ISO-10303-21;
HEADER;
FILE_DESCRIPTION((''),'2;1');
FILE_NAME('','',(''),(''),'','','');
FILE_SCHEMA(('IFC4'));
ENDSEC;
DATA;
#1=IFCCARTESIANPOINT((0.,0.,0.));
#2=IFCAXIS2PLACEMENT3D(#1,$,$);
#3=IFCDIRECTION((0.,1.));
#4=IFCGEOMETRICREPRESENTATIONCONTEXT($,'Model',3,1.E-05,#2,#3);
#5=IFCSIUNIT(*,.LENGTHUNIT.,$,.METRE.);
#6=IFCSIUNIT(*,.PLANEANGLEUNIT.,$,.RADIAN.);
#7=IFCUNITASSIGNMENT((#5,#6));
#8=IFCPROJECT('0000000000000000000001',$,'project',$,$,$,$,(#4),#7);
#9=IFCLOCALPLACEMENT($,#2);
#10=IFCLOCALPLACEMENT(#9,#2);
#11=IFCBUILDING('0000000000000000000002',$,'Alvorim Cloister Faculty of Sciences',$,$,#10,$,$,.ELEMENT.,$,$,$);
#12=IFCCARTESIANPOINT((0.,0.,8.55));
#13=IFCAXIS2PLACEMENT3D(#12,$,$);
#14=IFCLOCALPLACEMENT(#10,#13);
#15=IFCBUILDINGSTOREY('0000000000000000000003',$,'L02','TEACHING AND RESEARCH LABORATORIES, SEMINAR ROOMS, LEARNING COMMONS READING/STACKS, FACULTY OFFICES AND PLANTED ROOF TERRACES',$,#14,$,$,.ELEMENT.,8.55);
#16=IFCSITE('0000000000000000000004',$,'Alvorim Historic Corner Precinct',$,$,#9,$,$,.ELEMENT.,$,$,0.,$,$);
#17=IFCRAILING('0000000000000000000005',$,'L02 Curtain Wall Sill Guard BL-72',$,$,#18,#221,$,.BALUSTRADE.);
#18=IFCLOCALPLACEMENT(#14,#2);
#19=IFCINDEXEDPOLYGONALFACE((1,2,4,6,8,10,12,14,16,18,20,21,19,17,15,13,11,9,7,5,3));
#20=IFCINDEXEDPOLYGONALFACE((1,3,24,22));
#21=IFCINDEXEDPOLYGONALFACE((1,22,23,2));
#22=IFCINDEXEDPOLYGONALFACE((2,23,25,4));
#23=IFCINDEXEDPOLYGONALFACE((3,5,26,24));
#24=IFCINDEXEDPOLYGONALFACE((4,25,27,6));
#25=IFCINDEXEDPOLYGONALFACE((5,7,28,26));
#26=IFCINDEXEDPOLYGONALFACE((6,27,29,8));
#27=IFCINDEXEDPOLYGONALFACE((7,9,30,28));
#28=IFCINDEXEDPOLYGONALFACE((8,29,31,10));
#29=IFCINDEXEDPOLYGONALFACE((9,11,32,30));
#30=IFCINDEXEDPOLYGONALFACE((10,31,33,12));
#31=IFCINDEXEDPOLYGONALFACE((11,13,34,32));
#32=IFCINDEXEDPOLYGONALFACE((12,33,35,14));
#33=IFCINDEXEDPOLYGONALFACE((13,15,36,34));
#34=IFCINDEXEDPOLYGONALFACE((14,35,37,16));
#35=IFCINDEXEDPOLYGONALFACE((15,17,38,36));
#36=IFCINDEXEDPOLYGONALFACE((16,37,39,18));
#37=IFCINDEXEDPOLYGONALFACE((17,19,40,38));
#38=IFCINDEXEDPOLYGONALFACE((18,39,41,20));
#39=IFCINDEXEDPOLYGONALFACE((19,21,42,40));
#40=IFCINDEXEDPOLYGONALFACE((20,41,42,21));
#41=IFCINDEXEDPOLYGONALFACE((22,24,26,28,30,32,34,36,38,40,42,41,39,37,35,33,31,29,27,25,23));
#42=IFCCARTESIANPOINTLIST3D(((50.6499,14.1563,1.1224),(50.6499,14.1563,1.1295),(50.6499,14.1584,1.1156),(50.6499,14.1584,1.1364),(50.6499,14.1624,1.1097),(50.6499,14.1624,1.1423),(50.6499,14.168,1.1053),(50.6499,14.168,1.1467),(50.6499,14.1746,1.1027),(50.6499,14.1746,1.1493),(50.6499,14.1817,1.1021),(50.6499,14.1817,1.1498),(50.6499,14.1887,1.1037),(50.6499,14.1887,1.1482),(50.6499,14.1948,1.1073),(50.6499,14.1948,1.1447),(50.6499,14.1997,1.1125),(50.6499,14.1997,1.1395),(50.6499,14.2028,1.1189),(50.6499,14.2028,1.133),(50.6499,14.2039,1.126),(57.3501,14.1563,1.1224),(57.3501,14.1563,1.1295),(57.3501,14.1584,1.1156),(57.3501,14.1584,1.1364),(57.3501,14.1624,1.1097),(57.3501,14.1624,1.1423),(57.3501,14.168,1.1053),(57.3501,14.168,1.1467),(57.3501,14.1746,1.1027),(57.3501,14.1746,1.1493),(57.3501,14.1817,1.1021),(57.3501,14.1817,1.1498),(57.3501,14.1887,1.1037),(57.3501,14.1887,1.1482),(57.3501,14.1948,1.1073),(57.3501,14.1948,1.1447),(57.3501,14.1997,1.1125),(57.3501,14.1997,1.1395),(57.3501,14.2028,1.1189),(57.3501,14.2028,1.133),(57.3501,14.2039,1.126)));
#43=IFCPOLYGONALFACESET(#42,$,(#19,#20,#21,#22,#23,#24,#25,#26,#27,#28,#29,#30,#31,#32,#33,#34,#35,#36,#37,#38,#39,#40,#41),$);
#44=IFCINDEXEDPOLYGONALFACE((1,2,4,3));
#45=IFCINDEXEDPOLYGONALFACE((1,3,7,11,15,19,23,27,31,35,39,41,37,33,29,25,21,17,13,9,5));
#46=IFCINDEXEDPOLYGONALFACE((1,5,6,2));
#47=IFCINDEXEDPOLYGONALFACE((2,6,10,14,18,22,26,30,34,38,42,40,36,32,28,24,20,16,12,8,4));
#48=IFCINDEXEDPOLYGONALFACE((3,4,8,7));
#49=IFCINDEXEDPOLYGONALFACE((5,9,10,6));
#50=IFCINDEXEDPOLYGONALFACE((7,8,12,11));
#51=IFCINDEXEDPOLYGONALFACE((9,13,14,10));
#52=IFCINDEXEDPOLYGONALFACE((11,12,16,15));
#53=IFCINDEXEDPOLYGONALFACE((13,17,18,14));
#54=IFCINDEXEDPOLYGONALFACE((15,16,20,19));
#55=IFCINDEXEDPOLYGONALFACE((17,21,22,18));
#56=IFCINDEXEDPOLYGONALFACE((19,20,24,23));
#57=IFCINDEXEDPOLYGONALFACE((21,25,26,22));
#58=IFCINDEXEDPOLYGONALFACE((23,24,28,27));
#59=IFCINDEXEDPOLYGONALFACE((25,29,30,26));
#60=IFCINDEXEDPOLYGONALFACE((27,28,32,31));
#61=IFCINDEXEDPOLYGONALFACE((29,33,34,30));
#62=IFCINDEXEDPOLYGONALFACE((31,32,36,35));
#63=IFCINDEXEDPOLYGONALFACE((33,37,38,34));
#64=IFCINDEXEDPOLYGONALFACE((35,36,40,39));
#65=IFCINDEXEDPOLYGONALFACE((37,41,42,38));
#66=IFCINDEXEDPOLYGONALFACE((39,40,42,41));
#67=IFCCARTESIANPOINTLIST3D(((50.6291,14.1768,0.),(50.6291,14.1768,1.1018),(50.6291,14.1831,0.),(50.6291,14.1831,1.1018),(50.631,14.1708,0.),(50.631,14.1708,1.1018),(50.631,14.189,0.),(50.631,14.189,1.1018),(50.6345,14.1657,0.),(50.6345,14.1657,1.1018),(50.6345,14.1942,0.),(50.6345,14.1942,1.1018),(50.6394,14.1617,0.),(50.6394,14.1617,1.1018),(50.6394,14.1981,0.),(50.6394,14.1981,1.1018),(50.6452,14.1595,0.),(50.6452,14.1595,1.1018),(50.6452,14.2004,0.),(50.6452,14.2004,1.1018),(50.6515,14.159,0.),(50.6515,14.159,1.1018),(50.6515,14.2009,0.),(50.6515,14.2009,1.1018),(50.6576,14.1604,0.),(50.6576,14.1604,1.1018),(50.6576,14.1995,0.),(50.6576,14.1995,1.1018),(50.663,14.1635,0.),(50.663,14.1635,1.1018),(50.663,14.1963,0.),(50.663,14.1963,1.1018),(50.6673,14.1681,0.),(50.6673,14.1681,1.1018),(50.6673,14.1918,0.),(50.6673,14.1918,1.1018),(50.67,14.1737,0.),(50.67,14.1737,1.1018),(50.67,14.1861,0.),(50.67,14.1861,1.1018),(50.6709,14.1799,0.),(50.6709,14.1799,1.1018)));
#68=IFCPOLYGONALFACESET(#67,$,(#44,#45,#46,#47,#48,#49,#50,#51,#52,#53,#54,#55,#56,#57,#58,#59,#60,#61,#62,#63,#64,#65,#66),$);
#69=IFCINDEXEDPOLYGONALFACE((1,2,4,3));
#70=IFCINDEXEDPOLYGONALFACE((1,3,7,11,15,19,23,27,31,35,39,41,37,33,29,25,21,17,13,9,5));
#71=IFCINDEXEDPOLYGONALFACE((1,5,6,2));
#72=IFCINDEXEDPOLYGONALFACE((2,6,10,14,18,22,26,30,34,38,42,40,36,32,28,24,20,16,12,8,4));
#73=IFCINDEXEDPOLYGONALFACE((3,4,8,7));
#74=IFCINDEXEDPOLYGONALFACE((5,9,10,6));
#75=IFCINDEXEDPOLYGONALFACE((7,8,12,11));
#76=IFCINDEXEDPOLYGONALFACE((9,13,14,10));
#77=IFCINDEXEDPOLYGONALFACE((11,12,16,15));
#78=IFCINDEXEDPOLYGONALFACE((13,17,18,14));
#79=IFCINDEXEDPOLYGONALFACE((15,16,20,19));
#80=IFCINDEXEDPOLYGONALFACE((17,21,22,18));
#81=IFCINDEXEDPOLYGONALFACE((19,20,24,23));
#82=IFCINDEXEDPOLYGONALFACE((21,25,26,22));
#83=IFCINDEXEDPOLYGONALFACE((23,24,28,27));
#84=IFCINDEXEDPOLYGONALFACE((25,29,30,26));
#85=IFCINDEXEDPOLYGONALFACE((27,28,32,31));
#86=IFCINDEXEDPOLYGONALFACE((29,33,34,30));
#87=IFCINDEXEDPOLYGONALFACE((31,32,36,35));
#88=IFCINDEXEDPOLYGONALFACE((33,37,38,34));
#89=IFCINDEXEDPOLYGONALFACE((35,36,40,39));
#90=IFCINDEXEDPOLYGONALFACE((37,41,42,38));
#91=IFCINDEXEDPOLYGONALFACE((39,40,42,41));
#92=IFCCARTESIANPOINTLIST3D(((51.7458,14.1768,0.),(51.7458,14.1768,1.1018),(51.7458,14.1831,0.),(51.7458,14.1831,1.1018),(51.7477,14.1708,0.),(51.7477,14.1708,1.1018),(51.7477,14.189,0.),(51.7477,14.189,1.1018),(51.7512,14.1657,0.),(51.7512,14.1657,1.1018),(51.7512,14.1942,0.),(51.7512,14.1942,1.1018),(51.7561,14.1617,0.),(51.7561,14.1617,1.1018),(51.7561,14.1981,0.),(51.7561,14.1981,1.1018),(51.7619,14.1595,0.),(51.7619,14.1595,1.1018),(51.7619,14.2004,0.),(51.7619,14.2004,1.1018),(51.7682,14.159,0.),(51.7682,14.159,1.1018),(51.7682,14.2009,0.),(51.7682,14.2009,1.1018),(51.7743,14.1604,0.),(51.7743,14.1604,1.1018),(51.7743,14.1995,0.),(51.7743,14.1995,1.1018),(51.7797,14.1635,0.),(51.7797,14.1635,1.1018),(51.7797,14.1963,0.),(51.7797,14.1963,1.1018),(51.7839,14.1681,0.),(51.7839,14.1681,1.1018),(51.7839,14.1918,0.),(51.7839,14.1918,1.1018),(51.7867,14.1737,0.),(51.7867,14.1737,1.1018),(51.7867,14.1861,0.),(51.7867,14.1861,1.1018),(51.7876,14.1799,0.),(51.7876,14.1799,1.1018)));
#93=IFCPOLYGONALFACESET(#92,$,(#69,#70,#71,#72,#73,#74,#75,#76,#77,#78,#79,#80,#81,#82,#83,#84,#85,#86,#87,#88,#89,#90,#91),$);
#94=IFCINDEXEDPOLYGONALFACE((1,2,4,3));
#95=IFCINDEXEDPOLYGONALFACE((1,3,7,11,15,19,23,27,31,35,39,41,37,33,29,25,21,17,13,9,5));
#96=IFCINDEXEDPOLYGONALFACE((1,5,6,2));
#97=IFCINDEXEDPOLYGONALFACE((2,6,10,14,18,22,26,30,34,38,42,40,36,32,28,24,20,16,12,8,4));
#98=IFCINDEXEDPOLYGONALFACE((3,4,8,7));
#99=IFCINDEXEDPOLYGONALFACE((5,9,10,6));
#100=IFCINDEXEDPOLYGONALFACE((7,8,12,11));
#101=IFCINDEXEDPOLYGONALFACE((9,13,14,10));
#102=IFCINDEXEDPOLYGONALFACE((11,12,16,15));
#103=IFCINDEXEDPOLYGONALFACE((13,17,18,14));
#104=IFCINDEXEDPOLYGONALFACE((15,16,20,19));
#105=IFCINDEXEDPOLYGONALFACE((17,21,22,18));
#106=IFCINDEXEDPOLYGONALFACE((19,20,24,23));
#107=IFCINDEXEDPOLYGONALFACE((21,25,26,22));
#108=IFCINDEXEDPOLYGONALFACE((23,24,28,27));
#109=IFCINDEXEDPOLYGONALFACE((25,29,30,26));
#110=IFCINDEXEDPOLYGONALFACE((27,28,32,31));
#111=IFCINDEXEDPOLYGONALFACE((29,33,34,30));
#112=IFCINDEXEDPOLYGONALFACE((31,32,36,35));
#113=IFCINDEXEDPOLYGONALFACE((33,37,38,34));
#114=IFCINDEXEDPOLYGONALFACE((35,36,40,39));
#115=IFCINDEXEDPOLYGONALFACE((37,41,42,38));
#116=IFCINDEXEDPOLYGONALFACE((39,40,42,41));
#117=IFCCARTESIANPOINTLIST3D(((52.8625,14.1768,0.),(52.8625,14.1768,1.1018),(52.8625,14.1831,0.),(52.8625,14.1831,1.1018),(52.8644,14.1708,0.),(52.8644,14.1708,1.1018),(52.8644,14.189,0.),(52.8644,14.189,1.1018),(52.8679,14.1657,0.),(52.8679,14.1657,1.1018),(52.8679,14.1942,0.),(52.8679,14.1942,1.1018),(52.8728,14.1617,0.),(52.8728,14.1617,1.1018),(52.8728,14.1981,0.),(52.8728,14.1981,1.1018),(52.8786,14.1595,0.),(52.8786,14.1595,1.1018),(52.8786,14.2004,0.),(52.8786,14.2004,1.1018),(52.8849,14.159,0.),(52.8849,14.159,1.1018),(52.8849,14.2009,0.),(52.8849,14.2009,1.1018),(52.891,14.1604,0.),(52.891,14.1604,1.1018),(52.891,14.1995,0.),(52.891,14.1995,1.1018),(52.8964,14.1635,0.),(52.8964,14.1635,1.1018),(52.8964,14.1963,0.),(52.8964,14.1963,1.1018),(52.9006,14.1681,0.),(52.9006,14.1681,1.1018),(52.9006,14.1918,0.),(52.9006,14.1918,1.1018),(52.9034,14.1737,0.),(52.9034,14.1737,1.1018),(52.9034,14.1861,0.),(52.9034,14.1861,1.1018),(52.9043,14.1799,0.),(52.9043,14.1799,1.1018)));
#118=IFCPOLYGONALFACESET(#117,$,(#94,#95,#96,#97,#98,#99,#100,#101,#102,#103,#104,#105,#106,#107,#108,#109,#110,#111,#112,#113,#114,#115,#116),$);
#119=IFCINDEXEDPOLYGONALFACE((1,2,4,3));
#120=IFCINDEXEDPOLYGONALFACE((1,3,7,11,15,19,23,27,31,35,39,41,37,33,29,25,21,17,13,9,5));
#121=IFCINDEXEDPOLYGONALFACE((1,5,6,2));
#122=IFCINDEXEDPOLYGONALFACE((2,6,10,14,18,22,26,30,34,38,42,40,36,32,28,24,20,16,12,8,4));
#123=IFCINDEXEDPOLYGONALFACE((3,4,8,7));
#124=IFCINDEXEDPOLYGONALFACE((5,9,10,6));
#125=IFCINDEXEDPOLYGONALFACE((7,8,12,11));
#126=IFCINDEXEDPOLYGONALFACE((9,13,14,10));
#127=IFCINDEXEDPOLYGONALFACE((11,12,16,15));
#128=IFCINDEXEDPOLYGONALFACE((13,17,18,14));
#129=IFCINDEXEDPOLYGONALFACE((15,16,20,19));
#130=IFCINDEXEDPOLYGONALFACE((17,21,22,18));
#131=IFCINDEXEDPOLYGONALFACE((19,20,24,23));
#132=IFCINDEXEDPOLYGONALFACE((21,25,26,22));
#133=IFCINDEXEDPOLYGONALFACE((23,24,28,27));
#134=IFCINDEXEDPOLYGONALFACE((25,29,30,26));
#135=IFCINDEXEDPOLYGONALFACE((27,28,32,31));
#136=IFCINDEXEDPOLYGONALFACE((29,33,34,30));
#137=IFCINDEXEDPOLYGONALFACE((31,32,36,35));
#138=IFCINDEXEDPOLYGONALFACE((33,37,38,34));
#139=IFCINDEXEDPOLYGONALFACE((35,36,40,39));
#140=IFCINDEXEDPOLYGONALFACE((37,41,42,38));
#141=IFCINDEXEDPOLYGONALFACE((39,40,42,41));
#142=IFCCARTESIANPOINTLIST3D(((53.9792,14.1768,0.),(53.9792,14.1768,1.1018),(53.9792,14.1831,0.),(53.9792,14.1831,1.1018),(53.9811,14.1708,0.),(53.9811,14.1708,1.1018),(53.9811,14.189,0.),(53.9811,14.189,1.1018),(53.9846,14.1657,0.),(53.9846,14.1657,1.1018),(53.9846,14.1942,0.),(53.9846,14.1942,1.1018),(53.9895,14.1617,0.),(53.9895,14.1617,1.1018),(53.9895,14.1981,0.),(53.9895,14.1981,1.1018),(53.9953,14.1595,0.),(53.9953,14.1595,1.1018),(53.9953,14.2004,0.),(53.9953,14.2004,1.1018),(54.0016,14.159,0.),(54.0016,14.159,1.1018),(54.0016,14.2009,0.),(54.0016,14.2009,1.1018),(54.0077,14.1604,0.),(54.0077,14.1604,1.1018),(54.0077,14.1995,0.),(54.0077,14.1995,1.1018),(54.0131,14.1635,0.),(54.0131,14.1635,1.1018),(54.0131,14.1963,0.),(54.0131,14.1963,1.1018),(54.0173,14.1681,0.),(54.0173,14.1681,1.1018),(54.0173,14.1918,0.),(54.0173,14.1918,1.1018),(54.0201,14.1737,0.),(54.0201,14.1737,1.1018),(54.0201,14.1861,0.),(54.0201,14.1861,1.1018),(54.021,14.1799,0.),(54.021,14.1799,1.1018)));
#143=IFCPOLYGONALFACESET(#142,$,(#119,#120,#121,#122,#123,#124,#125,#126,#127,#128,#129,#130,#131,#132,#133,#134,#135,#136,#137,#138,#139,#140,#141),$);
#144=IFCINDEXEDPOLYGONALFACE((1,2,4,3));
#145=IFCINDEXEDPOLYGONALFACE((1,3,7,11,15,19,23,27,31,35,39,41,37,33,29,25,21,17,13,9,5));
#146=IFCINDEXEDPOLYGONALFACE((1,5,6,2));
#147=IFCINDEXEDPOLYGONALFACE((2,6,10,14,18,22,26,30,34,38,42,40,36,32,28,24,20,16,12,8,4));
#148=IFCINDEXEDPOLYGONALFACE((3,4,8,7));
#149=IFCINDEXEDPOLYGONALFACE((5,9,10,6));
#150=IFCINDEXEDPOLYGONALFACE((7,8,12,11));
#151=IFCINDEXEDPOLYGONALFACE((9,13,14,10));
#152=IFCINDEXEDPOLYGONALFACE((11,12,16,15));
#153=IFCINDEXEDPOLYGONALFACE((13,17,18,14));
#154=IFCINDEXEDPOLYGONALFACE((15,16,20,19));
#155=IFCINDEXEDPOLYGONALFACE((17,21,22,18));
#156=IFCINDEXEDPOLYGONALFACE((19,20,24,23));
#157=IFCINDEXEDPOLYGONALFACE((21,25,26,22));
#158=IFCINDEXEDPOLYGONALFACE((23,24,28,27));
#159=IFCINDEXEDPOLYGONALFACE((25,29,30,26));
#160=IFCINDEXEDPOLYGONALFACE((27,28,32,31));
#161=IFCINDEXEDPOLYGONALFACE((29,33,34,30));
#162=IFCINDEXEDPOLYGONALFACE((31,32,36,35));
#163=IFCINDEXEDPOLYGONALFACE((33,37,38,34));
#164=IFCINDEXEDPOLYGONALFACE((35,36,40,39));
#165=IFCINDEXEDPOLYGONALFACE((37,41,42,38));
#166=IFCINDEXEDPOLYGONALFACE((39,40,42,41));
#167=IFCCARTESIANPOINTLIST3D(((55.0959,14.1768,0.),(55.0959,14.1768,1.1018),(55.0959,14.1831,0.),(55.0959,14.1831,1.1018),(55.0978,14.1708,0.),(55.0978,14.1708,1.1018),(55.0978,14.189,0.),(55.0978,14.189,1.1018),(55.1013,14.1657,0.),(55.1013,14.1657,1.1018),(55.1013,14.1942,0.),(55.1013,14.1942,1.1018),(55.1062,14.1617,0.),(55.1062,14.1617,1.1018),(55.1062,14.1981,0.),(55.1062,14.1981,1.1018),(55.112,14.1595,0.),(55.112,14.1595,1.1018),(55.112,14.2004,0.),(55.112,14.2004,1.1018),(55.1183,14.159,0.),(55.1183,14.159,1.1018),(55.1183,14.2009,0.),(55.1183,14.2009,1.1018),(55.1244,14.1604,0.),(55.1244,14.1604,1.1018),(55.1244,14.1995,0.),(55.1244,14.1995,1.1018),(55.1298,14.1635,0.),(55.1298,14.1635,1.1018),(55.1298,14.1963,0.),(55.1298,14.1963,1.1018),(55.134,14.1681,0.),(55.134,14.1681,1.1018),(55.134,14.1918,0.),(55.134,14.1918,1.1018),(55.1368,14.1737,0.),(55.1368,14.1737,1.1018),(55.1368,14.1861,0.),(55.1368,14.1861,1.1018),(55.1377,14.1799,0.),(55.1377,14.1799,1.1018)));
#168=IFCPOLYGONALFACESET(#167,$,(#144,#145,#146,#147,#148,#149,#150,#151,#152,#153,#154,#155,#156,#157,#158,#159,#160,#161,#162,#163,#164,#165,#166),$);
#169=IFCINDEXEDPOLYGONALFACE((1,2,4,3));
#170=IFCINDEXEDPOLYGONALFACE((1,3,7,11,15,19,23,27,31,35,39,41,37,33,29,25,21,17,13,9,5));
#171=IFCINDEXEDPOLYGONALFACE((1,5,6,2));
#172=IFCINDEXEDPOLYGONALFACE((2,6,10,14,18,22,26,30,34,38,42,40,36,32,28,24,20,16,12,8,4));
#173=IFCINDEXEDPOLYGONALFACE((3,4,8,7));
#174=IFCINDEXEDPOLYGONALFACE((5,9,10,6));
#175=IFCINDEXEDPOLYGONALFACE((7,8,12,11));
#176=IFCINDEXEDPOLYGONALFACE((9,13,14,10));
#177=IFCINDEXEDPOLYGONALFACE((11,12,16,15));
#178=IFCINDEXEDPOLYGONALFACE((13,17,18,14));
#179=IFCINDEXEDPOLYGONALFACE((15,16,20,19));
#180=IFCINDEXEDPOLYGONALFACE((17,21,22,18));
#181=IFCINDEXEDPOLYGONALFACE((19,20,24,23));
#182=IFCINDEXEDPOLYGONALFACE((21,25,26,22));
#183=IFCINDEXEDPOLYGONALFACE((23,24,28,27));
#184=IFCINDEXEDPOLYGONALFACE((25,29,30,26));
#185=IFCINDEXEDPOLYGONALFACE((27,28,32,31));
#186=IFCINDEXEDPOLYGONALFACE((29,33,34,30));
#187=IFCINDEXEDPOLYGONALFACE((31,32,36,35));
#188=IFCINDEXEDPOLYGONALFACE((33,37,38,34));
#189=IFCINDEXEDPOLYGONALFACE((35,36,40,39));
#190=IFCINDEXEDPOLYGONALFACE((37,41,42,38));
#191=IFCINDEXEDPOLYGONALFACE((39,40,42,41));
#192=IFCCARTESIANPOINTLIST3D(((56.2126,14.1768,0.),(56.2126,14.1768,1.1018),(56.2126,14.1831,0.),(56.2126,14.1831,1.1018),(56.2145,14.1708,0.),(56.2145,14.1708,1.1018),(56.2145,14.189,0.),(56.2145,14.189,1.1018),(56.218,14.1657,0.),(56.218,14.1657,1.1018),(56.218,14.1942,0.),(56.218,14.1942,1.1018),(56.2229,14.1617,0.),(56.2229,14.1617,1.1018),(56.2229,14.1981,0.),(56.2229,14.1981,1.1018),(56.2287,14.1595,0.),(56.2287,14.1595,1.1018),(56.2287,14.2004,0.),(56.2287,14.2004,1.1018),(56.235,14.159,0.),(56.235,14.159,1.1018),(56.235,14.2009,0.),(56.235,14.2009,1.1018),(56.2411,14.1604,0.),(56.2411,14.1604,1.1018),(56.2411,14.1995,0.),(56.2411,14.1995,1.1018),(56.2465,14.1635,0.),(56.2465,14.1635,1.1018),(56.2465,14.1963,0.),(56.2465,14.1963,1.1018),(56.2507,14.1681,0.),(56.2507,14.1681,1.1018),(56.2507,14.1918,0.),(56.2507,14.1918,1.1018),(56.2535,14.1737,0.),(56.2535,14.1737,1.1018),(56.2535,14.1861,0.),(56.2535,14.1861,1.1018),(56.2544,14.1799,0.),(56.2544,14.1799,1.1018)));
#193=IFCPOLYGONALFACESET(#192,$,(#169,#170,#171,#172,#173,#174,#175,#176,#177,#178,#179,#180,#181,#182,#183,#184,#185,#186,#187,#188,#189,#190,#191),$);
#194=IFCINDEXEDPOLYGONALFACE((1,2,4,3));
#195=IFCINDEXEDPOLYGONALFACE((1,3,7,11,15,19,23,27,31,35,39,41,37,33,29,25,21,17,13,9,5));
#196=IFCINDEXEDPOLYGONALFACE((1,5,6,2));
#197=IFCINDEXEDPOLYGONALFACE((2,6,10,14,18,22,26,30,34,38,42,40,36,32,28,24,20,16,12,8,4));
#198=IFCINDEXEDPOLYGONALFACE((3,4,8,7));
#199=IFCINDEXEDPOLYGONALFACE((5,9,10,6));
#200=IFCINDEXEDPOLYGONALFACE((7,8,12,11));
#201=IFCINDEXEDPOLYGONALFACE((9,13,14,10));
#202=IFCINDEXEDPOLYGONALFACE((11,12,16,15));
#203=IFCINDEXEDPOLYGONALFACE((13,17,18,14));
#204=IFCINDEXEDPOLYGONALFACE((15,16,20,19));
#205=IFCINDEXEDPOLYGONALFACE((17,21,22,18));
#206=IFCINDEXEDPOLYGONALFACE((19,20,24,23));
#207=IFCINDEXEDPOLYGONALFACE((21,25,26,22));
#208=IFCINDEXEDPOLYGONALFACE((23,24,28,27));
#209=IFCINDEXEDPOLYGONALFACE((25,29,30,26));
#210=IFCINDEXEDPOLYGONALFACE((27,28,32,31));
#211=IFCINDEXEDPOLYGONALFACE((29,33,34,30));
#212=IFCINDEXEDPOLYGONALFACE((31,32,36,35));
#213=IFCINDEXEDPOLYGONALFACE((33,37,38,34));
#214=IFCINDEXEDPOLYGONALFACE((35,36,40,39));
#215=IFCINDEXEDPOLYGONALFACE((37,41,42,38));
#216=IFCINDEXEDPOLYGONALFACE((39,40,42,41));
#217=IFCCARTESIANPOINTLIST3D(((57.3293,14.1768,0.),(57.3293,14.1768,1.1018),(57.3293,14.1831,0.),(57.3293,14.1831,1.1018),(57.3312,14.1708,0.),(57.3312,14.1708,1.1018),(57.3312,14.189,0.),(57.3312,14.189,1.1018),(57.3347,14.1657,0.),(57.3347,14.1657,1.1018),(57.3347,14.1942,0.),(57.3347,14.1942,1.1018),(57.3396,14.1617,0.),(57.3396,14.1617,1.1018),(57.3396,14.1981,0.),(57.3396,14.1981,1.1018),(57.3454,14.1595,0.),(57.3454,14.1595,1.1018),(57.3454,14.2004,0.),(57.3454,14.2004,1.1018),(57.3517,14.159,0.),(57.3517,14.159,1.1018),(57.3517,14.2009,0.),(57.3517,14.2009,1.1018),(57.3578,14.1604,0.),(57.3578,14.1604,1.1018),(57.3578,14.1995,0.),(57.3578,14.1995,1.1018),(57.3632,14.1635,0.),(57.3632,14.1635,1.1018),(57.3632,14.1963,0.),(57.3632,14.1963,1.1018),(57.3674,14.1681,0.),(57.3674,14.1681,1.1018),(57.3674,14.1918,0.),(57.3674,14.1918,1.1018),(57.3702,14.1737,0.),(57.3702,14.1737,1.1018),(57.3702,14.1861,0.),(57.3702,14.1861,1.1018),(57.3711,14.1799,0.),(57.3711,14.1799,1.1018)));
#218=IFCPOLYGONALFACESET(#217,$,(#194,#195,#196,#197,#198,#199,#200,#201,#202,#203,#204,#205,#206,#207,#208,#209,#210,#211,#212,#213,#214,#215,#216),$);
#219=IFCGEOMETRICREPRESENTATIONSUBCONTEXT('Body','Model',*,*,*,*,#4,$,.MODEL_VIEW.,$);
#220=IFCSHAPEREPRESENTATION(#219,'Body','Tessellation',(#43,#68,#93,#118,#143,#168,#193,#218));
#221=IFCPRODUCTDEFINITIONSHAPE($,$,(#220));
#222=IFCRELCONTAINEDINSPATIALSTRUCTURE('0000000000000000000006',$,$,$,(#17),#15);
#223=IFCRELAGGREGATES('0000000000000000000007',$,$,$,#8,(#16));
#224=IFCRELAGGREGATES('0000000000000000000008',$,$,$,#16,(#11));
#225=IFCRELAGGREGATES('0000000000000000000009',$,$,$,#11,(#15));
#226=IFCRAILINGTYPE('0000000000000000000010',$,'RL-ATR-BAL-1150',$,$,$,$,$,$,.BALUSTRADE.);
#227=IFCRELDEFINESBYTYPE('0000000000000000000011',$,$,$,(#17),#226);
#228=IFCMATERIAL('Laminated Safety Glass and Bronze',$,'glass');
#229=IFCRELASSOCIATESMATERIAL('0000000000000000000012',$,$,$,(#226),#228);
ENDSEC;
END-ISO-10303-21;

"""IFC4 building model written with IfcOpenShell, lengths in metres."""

from ifc_helpers import new_model, si_unit, direction, frame, origin, origin_2d, place, context, subcontext, project, spatial, circle, extrude, material, type_object, element, save


model = new_model("IFC4")

# Units and contexts
model_context = context("Model", 3, precision=1e-05, world=origin(), true_north=direction((0.0, 1.0)))
body_context = subcontext(model_context, "Body", "Model", "MODEL_VIEW")
ifc_project = project(units=[si_unit("LENGTHUNIT", "METRE"), si_unit("PLANEANGLEUNIT", "RADIAN")], contexts=[model_context])

# Site, building, storey
site_placement = place(None, origin())
site = spatial("IfcSite", under=ifc_project, at=site_placement, Name="Alvorim Historic Corner Precinct", CompositionType="ELEMENT", RefElevation=0.0)
building_placement = place(site_placement, origin())
building = spatial("IfcBuilding", under=site, at=building_placement, Name="Alvorim Cloister Faculty of Sciences", CompositionType="ELEMENT")
storey_placement = place(building_placement, frame((0.0, 0.0, 8.55)))
storey = spatial("IfcBuildingStorey", under=building, at=storey_placement, Name="L02", Description="TEACHING AND RESEARCH LABORATORIES, SEMINAR ROOMS, LEARNING COMMONS READING/STACKS, FACULTY OFFICES AND PLANTED ROOF TERRACES", CompositionType="ELEMENT", Elevation=8.55)

# Railing
ifc_material_1 = material(Name="Laminated Safety Glass and Bronze", Category="glass")
railing_type = type_object("IfcRailingType", Name="RL-ATR-BAL-1150", PredefinedType="BALUSTRADE", material=ifc_material_1)
railing_placement = place(storey_placement, frame((50.6499, 14.1799, 0.0)))
element("IfcRailing", 1, at=railing_placement, inside=storey, type_object=railing_type, Name="L02 Curtain Wall Sill Guard BL-72", PredefinedType="BALUSTRADE", context=body_context, shape_type="SweptSolid", body=[
    extrude(circle(Radius=0.0239, at=origin_2d()), frame((0.0, 0.0, 1.126), z_axis=(1.0, 0.0, 0.0), x_axis=(0.0, 1.0, 0.0)), (0.0, 0.0, 1.0), 6.7002),
    extrude(circle(Radius=0.021, at=origin_2d()), origin(), (0.0, 0.0, 1.0), 1.1018),
    extrude(circle(Radius=0.021, at=origin_2d()), frame((1.1167, 0.0, 0.0)), (0.0, 0.0, 1.0), 1.1018),
    extrude(circle(Radius=0.021, at=origin_2d()), frame((2.2334, 0.0, 0.0)), (0.0, 0.0, 1.0), 1.1018),
    extrude(circle(Radius=0.021, at=origin_2d()), frame((3.3501, 0.0, 0.0)), (0.0, 0.0, 1.0), 1.1018),
    extrude(circle(Radius=0.021, at=origin_2d()), frame((4.4668, 0.0, 0.0)), (0.0, 0.0, 1.0), 1.1018),
    extrude(circle(Radius=0.021, at=origin_2d()), frame((5.5835, 0.0, 0.0)), (0.0, 0.0, 1.0), 1.1018),
    extrude(circle(Radius=0.021, at=origin_2d()), frame((6.7002, 0.0, 0.0)), (0.0, 0.0, 1.0), 1.1018),
])

save(model, "model.ifc")
